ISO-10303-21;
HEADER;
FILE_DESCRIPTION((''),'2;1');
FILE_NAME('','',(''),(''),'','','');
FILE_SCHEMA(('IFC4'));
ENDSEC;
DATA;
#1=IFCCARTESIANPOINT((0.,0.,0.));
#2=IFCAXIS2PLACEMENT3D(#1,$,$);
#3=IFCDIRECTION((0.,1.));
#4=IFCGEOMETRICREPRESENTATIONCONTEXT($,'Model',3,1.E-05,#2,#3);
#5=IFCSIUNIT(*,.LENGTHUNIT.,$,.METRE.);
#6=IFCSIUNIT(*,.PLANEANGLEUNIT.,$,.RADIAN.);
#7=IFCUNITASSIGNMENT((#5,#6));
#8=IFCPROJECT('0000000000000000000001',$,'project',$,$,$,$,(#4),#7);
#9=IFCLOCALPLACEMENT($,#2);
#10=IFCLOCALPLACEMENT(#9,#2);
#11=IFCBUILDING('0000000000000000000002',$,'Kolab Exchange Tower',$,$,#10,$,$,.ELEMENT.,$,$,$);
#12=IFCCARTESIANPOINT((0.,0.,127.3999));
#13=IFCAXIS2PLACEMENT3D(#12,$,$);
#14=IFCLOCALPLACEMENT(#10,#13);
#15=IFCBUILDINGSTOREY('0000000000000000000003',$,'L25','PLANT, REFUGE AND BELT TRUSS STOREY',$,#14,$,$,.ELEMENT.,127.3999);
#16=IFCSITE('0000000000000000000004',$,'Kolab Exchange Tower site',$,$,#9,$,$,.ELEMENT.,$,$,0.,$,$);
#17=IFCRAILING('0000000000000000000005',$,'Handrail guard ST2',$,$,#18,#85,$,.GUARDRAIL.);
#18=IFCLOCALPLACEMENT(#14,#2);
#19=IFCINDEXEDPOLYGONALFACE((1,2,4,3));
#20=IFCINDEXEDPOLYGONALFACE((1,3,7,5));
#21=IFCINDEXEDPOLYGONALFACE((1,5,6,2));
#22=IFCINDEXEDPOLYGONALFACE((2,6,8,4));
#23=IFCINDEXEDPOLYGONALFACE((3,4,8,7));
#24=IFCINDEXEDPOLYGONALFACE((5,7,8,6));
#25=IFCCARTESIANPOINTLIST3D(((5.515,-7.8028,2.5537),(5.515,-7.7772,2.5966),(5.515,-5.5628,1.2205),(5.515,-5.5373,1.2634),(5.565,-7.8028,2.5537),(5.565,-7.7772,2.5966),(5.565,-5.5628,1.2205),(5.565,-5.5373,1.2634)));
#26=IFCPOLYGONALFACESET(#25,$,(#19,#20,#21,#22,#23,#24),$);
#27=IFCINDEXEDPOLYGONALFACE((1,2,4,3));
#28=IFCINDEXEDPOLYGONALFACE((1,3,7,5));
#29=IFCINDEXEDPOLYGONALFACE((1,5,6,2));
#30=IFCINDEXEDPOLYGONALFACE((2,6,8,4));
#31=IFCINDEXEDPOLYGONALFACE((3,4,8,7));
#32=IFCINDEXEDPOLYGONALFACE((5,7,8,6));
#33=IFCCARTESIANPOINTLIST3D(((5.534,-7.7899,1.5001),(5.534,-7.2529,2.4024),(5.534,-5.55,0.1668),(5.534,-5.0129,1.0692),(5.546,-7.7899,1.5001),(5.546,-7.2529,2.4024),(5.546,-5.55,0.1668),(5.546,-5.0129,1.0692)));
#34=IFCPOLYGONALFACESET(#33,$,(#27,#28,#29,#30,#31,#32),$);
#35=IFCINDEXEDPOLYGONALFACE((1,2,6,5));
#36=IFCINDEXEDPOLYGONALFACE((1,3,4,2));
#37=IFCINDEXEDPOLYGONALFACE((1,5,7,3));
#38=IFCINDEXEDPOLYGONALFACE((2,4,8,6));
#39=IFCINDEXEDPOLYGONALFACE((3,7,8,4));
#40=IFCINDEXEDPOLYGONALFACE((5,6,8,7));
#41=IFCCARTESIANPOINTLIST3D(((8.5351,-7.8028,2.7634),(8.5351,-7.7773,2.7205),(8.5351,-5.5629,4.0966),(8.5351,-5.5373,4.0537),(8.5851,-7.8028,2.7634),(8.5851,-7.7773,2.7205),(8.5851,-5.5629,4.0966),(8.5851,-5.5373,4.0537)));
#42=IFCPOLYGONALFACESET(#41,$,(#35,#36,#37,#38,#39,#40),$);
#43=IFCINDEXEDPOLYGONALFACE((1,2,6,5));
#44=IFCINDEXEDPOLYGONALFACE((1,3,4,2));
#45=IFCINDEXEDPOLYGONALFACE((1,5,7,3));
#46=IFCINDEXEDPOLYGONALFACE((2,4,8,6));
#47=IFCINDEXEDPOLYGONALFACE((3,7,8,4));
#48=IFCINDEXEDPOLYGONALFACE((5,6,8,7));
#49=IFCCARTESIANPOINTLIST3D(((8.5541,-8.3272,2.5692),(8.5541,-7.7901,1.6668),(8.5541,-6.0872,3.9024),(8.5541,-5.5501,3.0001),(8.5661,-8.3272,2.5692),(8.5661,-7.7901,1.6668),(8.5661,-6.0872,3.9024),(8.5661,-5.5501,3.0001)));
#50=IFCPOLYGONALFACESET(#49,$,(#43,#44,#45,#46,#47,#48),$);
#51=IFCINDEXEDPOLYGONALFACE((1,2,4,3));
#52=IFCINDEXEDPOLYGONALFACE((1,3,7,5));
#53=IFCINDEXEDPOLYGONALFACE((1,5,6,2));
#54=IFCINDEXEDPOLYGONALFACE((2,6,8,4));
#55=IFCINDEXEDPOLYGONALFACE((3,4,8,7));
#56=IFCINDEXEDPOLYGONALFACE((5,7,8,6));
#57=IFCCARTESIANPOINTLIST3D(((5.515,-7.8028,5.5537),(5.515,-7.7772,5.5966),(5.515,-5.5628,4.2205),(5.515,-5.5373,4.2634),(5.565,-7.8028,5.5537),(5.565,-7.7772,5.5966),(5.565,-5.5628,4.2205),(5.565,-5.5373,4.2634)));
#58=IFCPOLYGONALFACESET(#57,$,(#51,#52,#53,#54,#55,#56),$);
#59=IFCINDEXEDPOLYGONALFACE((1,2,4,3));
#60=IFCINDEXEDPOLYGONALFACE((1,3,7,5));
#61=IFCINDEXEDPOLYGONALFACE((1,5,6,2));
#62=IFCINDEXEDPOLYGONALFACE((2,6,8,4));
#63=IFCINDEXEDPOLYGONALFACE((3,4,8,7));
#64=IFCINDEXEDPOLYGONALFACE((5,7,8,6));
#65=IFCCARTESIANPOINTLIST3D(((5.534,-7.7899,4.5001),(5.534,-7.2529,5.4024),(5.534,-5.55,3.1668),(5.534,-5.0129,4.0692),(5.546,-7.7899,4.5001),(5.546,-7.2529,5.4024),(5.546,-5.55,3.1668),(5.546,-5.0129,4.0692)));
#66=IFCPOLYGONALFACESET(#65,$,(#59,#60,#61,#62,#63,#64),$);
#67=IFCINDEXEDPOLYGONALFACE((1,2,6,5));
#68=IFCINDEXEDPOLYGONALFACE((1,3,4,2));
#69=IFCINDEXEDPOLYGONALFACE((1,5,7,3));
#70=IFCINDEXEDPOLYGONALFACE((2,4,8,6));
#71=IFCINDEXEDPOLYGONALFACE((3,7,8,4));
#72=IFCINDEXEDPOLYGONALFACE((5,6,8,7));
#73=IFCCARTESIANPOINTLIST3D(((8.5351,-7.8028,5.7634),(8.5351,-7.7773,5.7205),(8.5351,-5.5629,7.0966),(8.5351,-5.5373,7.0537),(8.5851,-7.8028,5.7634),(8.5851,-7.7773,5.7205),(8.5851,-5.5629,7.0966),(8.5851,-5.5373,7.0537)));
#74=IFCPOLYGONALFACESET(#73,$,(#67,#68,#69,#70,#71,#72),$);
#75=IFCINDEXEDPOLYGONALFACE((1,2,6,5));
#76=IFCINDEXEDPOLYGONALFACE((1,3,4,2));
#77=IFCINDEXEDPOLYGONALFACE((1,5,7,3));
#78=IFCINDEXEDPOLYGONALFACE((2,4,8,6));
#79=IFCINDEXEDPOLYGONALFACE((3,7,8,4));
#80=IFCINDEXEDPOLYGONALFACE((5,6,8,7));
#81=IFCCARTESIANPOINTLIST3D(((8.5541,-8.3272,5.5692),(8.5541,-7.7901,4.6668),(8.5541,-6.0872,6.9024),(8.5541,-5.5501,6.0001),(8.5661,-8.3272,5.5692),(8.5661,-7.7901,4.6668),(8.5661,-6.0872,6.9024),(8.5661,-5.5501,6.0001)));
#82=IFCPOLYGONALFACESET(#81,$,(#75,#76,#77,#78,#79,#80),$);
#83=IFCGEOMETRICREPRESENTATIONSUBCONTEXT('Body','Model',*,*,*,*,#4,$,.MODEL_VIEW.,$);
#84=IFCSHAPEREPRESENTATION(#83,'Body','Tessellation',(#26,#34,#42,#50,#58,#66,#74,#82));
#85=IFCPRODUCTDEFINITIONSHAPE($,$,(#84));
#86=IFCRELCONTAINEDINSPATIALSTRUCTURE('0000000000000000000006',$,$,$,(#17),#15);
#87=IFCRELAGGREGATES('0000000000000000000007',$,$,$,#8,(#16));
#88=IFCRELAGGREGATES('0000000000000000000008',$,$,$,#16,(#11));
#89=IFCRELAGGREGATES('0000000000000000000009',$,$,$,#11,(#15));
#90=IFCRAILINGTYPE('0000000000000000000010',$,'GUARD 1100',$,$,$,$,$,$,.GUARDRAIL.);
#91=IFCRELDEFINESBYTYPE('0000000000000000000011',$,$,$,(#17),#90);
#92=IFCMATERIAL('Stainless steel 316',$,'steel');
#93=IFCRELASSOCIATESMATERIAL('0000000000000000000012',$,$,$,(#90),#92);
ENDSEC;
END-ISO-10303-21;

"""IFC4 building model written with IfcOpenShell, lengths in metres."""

from ifc_helpers import new_model, si_unit, direction, frame, frame_2d, origin, origin_2d, place, context, subcontext, project, spatial, rectangle, extrude, material, type_object, element, save


model = new_model("IFC4")

# Units and contexts
model_context = context("Model", 3, precision=1e-05, world=origin(), true_north=direction((0.0, 1.0)))
body_context = subcontext(model_context, "Body", "Model", "MODEL_VIEW")
ifc_project = project(units=[si_unit("LENGTHUNIT", "METRE"), si_unit("PLANEANGLEUNIT", "RADIAN")], contexts=[model_context])

# Site, building, storey
site_placement = place(None, origin())
site = spatial("IfcSite", under=ifc_project, at=site_placement, Name="Kolab Exchange Tower site", CompositionType="ELEMENT", RefElevation=0.0)
building_placement = place(site_placement, origin())
building = spatial("IfcBuilding", under=site, at=building_placement, Name="Kolab Exchange Tower", CompositionType="ELEMENT")
storey_placement = place(building_placement, frame((0.0, 0.0, 127.3999)))
storey = spatial("IfcBuildingStorey", under=building, at=storey_placement, Name="L25", Description="PLANT, REFUGE AND BELT TRUSS STOREY", CompositionType="ELEMENT", Elevation=127.3999)

# Railing
ifc_material_1 = material(Name="Stainless steel 316", Category="steel")
railing_type = type_object("IfcRailingType", Name="GUARD 1100", PredefinedType="GUARDRAIL", material=ifc_material_1)
railing_1_placement = place(storey_placement, frame((5.54, -5.55, 0.1667)))
element("IfcRailing", 1, at=railing_1_placement, inside=storey, type_object=railing_type, Name="Handrail guard ST2", PredefinedType="GUARDRAIL", context=body_context, shape_type="SweptSolid", body=[
    extrude(rectangle(XDim=0.05, YDim=0.05, at=origin_2d()), frame((0.0, 0.0, 1.0752), z_axis=(0.0, -0.859306, 0.511462), x_axis=(1.0, 0.0, 0.0)), (0.0, 0.0, 1.0), 2.6067),
    extrude(rectangle(XDim=0.012, YDim=1.0501, at=frame_2d((0.0, 0.5251))), frame((0.0, 0.0, 0.0), z_axis=(0.0, -0.859306, 0.511462), x_axis=(1.0, 0.0, 0.0)), (0.0, 0.0, 1.0), 2.6067),
    extrude(rectangle(XDim=0.05, YDim=0.05, at=origin_2d()), frame((3.02, -2.24, 2.5752), z_axis=(0.0, 0.859306, 0.511462), x_axis=(-1.0, 0.0, 0.0)), (0.0, 0.0, 1.0), 2.6067),
    extrude(rectangle(XDim=0.012, YDim=1.0501, at=frame_2d((0.0, 0.5251))), frame((3.02, -2.24, 1.5), z_axis=(0.0, 0.859306, 0.511462), x_axis=(-1.0, 0.0, 0.0)), (0.0, 0.0, 1.0), 2.6067),
    extrude(rectangle(XDim=0.05, YDim=0.05, at=origin_2d()), frame((0.0, 0.0, 4.0752), z_axis=(0.0, -0.859306, 0.511462), x_axis=(1.0, 0.0, 0.0)), (0.0, 0.0, 1.0), 2.6067),
    extrude(rectangle(XDim=0.012, YDim=1.0501, at=frame_2d((0.0, 0.5251))), frame((0.0, 0.0, 3.0), z_axis=(0.0, -0.859306, 0.511462), x_axis=(1.0, 0.0, 0.0)), (0.0, 0.0, 1.0), 2.6067),
    extrude(rectangle(XDim=0.05, YDim=0.05, at=origin_2d()), frame((3.02, -2.24, 5.5752), z_axis=(0.0, 0.859306, 0.511462), x_axis=(-1.0, 0.0, 0.0)), (0.0, 0.0, 1.0), 2.6067),
    extrude(rectangle(XDim=0.012, YDim=1.0501, at=frame_2d((0.0, 0.5251))), frame((3.02, -2.24, 4.5), z_axis=(0.0, 0.859306, 0.511462), x_axis=(-1.0, 0.0, 0.0)), (0.0, 0.0, 1.0), 2.6067),
])

save(model, "model.ifc")
